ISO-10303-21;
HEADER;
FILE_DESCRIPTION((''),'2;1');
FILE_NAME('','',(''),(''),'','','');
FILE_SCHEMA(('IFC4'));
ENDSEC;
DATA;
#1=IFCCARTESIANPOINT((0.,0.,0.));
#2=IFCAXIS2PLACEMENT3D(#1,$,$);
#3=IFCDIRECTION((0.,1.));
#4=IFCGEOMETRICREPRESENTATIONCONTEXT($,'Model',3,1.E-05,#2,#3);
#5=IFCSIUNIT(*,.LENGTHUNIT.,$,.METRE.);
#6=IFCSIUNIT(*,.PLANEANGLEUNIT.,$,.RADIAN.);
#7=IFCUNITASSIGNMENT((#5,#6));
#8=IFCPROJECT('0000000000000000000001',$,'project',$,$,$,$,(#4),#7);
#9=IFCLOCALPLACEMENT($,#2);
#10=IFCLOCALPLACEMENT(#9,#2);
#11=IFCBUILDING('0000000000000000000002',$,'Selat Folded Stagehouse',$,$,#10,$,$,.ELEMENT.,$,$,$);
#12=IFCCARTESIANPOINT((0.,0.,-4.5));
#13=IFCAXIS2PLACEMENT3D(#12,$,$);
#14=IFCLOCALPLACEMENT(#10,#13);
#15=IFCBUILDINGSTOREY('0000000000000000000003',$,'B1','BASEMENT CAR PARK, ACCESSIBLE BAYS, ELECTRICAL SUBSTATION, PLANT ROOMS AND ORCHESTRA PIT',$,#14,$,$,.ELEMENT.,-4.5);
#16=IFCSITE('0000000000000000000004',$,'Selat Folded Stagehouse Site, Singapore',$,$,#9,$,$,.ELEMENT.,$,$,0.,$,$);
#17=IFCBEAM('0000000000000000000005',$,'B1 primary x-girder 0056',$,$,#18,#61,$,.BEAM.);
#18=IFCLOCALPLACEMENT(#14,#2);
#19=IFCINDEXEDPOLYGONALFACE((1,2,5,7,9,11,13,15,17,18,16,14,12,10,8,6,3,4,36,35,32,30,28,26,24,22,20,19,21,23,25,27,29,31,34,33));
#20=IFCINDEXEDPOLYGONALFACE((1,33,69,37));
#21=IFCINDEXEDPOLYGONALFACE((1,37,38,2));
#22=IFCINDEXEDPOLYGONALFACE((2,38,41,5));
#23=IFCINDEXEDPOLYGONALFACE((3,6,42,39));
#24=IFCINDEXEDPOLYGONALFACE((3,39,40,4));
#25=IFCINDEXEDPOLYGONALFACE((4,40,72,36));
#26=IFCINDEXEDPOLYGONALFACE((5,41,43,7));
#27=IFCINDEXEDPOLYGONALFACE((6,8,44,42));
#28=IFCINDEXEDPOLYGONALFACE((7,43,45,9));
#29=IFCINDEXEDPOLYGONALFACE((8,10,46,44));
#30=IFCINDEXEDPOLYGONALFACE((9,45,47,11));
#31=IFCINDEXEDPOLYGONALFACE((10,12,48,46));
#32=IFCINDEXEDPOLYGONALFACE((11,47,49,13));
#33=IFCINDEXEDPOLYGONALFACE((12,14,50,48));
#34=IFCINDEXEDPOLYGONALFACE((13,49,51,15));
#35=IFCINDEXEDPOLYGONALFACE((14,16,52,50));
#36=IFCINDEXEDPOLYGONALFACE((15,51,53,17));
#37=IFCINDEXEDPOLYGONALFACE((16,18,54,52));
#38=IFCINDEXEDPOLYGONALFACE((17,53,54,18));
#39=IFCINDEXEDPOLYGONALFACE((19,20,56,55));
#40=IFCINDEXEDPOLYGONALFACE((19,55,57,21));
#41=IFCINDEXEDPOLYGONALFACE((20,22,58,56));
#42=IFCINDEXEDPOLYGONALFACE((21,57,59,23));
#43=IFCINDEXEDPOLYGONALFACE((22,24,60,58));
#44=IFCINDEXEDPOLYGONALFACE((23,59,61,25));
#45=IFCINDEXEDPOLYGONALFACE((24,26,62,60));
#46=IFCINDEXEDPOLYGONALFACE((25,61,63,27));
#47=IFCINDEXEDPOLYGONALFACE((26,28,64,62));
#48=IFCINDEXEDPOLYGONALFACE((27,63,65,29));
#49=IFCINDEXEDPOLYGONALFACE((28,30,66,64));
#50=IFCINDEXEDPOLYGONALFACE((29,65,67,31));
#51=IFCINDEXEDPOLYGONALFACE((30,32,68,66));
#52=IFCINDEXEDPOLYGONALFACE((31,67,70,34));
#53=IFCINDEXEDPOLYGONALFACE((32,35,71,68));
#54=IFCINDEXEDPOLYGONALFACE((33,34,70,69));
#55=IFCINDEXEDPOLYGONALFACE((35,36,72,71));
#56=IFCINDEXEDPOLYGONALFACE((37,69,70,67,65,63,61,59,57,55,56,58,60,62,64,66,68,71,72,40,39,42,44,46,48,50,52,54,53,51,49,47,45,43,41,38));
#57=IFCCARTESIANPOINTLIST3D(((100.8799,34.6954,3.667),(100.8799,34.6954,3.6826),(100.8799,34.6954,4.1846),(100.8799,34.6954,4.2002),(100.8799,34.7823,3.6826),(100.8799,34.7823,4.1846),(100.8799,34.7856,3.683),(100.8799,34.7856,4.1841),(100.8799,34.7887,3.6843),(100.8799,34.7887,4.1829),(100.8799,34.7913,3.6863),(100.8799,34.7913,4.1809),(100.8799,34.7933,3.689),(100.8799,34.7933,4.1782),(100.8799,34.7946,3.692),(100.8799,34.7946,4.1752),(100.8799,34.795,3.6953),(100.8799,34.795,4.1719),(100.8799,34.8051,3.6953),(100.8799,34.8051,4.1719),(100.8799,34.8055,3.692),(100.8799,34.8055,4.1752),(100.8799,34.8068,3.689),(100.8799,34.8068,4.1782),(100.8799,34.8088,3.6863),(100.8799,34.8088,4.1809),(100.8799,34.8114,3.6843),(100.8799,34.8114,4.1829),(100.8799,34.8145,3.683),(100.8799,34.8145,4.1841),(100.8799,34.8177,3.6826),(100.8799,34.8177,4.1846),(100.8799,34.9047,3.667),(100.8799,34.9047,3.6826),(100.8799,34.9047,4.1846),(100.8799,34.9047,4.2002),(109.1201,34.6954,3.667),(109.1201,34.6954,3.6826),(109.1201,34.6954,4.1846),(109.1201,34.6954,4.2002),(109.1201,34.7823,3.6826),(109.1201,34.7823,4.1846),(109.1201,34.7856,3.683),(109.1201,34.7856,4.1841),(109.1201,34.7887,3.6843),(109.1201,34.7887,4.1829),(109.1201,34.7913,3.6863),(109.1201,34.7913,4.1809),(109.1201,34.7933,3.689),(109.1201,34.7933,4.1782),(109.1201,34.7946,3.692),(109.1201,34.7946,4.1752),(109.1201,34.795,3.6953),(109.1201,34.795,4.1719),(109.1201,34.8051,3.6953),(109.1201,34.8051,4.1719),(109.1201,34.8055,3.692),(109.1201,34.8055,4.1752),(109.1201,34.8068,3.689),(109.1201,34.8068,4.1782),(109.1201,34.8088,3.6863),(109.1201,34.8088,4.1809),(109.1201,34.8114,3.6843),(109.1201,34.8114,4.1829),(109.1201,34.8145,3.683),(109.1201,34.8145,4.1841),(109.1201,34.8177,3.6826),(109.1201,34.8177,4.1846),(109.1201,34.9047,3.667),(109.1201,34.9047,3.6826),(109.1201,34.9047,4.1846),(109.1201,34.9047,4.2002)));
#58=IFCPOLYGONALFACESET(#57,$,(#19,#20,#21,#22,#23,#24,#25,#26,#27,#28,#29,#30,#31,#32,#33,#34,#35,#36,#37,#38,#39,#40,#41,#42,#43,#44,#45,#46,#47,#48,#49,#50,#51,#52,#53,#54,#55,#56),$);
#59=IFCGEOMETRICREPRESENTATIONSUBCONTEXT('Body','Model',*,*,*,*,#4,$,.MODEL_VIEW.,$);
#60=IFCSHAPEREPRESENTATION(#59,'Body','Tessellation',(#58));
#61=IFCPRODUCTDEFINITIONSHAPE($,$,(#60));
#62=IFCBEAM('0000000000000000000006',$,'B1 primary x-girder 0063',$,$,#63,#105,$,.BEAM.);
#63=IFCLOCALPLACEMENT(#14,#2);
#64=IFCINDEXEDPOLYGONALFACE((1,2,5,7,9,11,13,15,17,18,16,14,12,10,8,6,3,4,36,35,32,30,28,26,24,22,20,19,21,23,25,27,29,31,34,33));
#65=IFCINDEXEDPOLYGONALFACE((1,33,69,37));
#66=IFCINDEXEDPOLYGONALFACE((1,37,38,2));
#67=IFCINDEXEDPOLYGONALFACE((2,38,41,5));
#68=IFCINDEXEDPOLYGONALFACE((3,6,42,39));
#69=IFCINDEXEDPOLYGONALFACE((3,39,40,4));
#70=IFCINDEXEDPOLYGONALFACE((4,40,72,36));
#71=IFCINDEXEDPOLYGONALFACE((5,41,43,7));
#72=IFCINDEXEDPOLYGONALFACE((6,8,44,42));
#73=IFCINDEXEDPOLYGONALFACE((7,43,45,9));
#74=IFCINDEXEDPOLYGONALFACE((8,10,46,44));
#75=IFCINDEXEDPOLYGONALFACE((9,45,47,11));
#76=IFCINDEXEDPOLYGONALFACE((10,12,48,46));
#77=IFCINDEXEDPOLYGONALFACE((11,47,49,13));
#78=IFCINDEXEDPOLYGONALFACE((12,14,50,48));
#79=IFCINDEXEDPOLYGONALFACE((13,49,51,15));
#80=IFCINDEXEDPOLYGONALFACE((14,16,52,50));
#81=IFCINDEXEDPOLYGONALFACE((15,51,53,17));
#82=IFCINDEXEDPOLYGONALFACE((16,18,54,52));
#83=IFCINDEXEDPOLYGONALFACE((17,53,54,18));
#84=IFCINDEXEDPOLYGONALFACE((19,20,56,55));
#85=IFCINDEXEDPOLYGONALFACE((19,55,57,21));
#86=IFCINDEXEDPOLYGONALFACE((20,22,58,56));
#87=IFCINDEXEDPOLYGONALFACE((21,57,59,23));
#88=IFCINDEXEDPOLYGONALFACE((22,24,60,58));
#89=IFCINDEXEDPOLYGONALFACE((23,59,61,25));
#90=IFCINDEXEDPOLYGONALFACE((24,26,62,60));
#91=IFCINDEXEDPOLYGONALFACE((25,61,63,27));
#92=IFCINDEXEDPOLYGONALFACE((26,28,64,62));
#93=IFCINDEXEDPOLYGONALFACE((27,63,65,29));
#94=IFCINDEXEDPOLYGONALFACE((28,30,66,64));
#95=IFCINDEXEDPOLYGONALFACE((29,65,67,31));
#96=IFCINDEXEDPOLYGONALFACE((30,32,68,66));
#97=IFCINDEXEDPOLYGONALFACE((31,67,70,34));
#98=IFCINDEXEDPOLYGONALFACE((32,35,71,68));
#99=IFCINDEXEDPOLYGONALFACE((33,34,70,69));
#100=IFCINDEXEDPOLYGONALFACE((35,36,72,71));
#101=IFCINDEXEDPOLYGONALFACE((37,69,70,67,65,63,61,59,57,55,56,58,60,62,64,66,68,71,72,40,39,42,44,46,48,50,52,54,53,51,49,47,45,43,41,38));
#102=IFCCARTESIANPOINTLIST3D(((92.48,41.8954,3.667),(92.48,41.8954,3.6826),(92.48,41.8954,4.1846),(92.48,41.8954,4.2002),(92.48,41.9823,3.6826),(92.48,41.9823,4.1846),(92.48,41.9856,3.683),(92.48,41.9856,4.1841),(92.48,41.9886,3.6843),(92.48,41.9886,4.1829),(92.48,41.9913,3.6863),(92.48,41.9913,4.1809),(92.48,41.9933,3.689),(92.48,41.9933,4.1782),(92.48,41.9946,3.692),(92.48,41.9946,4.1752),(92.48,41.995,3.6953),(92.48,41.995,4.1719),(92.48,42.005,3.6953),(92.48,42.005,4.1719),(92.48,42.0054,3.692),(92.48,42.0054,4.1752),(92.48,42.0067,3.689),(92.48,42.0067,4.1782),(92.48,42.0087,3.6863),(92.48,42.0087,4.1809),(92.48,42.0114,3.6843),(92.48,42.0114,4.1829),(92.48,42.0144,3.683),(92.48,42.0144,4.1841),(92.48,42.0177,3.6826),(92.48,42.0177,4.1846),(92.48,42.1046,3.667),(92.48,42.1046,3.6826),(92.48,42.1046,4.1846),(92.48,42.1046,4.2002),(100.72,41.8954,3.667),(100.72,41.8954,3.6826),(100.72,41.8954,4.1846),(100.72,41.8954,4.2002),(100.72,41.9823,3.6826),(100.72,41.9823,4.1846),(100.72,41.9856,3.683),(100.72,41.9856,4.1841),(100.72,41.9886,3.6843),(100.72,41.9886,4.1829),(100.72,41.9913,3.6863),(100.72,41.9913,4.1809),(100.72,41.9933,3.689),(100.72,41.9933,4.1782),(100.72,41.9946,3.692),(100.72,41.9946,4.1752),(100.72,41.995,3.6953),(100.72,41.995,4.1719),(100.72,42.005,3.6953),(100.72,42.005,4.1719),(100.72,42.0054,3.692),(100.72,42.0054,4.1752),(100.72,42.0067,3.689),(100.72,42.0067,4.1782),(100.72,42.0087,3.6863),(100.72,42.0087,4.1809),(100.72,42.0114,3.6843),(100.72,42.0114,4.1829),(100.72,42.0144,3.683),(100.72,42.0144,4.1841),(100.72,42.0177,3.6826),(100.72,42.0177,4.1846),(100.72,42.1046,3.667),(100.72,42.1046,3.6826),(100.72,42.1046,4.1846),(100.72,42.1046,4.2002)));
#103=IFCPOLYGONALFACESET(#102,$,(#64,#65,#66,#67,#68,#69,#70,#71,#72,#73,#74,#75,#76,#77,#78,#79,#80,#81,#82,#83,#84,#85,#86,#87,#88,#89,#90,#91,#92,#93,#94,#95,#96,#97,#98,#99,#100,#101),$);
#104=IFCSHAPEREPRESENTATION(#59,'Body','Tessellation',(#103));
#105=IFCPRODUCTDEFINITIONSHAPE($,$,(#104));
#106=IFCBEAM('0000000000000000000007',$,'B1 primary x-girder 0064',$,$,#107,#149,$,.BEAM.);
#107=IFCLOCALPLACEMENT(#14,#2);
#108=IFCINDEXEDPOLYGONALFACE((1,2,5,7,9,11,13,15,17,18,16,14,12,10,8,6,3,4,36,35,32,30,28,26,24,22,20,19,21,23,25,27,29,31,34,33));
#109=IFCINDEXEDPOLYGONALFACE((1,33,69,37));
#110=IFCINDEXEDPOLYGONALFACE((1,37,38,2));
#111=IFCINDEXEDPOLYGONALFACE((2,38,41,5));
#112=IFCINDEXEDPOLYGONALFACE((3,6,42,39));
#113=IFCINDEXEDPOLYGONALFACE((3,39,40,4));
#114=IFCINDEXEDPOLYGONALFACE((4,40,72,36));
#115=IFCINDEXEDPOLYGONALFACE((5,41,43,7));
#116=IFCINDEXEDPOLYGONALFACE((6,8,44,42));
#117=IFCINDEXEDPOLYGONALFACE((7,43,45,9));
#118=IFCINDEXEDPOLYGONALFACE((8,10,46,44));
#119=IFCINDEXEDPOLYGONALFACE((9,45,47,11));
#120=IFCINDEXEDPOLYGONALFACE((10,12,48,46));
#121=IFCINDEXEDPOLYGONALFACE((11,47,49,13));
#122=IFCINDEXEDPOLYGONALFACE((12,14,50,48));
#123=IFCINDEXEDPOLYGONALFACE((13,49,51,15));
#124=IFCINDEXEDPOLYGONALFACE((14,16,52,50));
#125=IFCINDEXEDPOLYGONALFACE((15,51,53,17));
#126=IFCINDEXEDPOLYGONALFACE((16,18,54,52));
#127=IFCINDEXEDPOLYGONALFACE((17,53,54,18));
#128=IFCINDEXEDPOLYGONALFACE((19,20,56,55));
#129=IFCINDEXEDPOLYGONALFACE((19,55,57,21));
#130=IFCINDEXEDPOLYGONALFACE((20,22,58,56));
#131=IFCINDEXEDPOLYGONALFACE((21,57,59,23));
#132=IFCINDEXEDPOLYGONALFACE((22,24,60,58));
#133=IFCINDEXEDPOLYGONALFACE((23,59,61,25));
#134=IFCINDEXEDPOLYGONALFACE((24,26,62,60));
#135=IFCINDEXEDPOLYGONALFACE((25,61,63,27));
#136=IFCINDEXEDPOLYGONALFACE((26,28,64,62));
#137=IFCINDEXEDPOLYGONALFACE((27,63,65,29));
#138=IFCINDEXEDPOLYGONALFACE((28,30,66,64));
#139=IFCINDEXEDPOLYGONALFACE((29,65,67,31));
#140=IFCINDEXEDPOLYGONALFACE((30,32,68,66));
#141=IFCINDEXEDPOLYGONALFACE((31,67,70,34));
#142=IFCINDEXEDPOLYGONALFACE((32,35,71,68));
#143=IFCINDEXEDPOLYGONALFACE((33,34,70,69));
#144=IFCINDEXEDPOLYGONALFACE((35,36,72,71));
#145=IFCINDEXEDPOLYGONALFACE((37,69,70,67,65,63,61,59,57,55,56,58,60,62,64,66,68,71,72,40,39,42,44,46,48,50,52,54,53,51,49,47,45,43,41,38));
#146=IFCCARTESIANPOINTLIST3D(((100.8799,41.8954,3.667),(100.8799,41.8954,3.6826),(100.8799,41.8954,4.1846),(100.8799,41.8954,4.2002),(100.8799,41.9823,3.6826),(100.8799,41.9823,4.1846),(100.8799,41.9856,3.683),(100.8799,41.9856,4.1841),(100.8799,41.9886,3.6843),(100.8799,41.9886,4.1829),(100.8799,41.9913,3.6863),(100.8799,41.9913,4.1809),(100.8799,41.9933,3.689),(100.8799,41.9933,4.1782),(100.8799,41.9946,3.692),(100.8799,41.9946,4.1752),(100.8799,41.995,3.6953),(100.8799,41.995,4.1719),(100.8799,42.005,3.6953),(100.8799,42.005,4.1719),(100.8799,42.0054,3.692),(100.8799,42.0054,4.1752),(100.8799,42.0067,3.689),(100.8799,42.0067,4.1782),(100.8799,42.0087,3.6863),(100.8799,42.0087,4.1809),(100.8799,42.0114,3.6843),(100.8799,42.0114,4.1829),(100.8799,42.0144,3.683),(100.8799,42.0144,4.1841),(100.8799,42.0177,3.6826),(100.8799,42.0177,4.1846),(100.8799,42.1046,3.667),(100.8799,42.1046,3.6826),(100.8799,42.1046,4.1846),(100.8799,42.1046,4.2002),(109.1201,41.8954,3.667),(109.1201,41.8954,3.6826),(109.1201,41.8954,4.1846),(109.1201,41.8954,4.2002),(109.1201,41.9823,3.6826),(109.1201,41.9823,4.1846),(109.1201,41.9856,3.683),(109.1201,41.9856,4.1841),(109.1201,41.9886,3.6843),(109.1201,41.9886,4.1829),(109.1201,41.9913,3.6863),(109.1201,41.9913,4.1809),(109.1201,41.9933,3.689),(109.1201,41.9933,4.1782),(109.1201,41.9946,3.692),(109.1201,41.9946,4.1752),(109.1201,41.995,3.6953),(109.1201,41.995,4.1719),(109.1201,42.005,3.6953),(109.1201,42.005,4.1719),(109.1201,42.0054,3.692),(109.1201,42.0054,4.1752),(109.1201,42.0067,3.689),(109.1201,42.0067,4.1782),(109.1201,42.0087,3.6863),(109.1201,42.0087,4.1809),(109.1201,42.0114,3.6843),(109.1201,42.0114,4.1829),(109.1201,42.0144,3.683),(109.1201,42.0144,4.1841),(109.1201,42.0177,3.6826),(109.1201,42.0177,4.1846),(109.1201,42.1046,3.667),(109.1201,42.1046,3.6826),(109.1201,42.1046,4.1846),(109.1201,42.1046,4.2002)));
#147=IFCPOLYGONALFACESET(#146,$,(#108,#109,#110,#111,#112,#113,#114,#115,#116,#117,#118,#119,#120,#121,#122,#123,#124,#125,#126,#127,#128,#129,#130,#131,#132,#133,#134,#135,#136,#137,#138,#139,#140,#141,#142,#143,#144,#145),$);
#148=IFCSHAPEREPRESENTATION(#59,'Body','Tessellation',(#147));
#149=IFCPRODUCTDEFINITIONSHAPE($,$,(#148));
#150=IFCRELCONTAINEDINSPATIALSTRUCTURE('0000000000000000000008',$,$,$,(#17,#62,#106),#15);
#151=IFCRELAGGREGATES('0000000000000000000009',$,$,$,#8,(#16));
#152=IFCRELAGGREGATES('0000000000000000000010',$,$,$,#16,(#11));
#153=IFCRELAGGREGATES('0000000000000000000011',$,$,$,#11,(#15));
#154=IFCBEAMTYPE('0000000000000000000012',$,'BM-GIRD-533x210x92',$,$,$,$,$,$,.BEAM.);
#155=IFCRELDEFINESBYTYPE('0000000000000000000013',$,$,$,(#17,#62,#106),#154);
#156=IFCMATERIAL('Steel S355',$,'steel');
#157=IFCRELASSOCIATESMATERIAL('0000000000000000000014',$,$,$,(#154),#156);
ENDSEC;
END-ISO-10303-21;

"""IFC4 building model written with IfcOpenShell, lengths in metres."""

from ifc_helpers import new_model, si_unit, direction, frame, origin, origin_2d, place, context, subcontext, project, spatial, i_section, extrude, material, material_profile, profile_set, type_object, element, save


model = new_model("IFC4")

# Units and contexts
model_context = context("Model", 3, precision=1e-05, world=origin(), true_north=direction((0.0, 1.0)))
body_context = subcontext(model_context, "Body", "Model", "MODEL_VIEW")
ifc_project = project(units=[si_unit("LENGTHUNIT", "METRE"), si_unit("PLANEANGLEUNIT", "RADIAN")], contexts=[model_context])

# Site, building, storey
site_placement = place(None, origin())
site = spatial("IfcSite", under=ifc_project, at=site_placement, Name="Selat Folded Stagehouse Site, Singapore", CompositionType="ELEMENT", RefElevation=0.0)
building_placement = place(site_placement, origin())
building = spatial("IfcBuilding", under=site, at=building_placement, Name="Selat Folded Stagehouse", CompositionType="ELEMENT")
storey_placement = place(building_placement, frame((0.0, 0.0, -4.5)))
storey = spatial("IfcBuildingStorey", under=building, at=storey_placement, Name="B1", Description="BASEMENT CAR PARK, ACCESSIBLE BAYS, ELECTRICAL SUBSTATION, PLANT ROOMS AND ORCHESTRA PIT", CompositionType="ELEMENT", Elevation=-4.5)

# Beams
ifc_material_1 = material(Name="Steel S355", Category="steel")
ifc_material_profile_1 = material_profile(ifc_material_1, i_section(OverallWidth=0.2092, OverallDepth=0.5332, WebThickness=0.01, FlangeThickness=0.0156, FilletRadius=0.0127, at=origin_2d()), Name="UKB 533x210x92")
ifc_profile_set_1 = profile_set([ifc_material_profile_1], Name="Steel S355")
beam_type = type_object("IfcBeamType", Name="BM-GIRD-533x210x92", PredefinedType="BEAM", material=ifc_profile_set_1)
beam_1_placement = place(storey_placement, frame((100.8799, 34.8, 3.9336), z_axis=(1.0, 0.0, 0.0), x_axis=(0.0, 1.0, 0.0)))
element("IfcBeam", 1, at=beam_1_placement, inside=storey, type_object=beam_type, Name="B1 primary x-girder 0056", PredefinedType="BEAM", context=body_context, shape_type="SweptSolid", body=[
    extrude(i_section(OverallWidth=0.2092, OverallDepth=0.5332, WebThickness=0.01, FlangeThickness=0.0156, FilletRadius=0.0127, at=origin_2d()), origin(), (0.0, 0.0, 1.0), 8.2402),
])
beam_2_placement = place(storey_placement, frame((92.48, 42.0, 3.9336), z_axis=(1.0, 0.0, 0.0), x_axis=(0.0, 1.0, 0.0)))
element("IfcBeam", 2, at=beam_2_placement, inside=storey, type_object=beam_type, Name="B1 primary x-girder 0063", PredefinedType="BEAM", context=body_context, shape_type="SweptSolid", body=[
    extrude(i_section(OverallWidth=0.2092, OverallDepth=0.5332, WebThickness=0.01, FlangeThickness=0.0156, FilletRadius=0.0127, at=origin_2d()), origin(), (0.0, 0.0, 1.0), 8.24),
])
beam_3_placement = place(storey_placement, frame((100.8799, 42.0, 3.9336), z_axis=(1.0, 0.0, 0.0), x_axis=(0.0, 1.0, 0.0)))
element("IfcBeam", 3, at=beam_3_placement, inside=storey, type_object=beam_type, Name="B1 primary x-girder 0064", PredefinedType="BEAM", context=body_context, shape_type="SweptSolid", body=[
    extrude(i_section(OverallWidth=0.2092, OverallDepth=0.5332, WebThickness=0.01, FlangeThickness=0.0156, FilletRadius=0.0127, at=origin_2d()), origin(), (0.0, 0.0, 1.0), 8.2402),
])

save(model, "model.ifc")
